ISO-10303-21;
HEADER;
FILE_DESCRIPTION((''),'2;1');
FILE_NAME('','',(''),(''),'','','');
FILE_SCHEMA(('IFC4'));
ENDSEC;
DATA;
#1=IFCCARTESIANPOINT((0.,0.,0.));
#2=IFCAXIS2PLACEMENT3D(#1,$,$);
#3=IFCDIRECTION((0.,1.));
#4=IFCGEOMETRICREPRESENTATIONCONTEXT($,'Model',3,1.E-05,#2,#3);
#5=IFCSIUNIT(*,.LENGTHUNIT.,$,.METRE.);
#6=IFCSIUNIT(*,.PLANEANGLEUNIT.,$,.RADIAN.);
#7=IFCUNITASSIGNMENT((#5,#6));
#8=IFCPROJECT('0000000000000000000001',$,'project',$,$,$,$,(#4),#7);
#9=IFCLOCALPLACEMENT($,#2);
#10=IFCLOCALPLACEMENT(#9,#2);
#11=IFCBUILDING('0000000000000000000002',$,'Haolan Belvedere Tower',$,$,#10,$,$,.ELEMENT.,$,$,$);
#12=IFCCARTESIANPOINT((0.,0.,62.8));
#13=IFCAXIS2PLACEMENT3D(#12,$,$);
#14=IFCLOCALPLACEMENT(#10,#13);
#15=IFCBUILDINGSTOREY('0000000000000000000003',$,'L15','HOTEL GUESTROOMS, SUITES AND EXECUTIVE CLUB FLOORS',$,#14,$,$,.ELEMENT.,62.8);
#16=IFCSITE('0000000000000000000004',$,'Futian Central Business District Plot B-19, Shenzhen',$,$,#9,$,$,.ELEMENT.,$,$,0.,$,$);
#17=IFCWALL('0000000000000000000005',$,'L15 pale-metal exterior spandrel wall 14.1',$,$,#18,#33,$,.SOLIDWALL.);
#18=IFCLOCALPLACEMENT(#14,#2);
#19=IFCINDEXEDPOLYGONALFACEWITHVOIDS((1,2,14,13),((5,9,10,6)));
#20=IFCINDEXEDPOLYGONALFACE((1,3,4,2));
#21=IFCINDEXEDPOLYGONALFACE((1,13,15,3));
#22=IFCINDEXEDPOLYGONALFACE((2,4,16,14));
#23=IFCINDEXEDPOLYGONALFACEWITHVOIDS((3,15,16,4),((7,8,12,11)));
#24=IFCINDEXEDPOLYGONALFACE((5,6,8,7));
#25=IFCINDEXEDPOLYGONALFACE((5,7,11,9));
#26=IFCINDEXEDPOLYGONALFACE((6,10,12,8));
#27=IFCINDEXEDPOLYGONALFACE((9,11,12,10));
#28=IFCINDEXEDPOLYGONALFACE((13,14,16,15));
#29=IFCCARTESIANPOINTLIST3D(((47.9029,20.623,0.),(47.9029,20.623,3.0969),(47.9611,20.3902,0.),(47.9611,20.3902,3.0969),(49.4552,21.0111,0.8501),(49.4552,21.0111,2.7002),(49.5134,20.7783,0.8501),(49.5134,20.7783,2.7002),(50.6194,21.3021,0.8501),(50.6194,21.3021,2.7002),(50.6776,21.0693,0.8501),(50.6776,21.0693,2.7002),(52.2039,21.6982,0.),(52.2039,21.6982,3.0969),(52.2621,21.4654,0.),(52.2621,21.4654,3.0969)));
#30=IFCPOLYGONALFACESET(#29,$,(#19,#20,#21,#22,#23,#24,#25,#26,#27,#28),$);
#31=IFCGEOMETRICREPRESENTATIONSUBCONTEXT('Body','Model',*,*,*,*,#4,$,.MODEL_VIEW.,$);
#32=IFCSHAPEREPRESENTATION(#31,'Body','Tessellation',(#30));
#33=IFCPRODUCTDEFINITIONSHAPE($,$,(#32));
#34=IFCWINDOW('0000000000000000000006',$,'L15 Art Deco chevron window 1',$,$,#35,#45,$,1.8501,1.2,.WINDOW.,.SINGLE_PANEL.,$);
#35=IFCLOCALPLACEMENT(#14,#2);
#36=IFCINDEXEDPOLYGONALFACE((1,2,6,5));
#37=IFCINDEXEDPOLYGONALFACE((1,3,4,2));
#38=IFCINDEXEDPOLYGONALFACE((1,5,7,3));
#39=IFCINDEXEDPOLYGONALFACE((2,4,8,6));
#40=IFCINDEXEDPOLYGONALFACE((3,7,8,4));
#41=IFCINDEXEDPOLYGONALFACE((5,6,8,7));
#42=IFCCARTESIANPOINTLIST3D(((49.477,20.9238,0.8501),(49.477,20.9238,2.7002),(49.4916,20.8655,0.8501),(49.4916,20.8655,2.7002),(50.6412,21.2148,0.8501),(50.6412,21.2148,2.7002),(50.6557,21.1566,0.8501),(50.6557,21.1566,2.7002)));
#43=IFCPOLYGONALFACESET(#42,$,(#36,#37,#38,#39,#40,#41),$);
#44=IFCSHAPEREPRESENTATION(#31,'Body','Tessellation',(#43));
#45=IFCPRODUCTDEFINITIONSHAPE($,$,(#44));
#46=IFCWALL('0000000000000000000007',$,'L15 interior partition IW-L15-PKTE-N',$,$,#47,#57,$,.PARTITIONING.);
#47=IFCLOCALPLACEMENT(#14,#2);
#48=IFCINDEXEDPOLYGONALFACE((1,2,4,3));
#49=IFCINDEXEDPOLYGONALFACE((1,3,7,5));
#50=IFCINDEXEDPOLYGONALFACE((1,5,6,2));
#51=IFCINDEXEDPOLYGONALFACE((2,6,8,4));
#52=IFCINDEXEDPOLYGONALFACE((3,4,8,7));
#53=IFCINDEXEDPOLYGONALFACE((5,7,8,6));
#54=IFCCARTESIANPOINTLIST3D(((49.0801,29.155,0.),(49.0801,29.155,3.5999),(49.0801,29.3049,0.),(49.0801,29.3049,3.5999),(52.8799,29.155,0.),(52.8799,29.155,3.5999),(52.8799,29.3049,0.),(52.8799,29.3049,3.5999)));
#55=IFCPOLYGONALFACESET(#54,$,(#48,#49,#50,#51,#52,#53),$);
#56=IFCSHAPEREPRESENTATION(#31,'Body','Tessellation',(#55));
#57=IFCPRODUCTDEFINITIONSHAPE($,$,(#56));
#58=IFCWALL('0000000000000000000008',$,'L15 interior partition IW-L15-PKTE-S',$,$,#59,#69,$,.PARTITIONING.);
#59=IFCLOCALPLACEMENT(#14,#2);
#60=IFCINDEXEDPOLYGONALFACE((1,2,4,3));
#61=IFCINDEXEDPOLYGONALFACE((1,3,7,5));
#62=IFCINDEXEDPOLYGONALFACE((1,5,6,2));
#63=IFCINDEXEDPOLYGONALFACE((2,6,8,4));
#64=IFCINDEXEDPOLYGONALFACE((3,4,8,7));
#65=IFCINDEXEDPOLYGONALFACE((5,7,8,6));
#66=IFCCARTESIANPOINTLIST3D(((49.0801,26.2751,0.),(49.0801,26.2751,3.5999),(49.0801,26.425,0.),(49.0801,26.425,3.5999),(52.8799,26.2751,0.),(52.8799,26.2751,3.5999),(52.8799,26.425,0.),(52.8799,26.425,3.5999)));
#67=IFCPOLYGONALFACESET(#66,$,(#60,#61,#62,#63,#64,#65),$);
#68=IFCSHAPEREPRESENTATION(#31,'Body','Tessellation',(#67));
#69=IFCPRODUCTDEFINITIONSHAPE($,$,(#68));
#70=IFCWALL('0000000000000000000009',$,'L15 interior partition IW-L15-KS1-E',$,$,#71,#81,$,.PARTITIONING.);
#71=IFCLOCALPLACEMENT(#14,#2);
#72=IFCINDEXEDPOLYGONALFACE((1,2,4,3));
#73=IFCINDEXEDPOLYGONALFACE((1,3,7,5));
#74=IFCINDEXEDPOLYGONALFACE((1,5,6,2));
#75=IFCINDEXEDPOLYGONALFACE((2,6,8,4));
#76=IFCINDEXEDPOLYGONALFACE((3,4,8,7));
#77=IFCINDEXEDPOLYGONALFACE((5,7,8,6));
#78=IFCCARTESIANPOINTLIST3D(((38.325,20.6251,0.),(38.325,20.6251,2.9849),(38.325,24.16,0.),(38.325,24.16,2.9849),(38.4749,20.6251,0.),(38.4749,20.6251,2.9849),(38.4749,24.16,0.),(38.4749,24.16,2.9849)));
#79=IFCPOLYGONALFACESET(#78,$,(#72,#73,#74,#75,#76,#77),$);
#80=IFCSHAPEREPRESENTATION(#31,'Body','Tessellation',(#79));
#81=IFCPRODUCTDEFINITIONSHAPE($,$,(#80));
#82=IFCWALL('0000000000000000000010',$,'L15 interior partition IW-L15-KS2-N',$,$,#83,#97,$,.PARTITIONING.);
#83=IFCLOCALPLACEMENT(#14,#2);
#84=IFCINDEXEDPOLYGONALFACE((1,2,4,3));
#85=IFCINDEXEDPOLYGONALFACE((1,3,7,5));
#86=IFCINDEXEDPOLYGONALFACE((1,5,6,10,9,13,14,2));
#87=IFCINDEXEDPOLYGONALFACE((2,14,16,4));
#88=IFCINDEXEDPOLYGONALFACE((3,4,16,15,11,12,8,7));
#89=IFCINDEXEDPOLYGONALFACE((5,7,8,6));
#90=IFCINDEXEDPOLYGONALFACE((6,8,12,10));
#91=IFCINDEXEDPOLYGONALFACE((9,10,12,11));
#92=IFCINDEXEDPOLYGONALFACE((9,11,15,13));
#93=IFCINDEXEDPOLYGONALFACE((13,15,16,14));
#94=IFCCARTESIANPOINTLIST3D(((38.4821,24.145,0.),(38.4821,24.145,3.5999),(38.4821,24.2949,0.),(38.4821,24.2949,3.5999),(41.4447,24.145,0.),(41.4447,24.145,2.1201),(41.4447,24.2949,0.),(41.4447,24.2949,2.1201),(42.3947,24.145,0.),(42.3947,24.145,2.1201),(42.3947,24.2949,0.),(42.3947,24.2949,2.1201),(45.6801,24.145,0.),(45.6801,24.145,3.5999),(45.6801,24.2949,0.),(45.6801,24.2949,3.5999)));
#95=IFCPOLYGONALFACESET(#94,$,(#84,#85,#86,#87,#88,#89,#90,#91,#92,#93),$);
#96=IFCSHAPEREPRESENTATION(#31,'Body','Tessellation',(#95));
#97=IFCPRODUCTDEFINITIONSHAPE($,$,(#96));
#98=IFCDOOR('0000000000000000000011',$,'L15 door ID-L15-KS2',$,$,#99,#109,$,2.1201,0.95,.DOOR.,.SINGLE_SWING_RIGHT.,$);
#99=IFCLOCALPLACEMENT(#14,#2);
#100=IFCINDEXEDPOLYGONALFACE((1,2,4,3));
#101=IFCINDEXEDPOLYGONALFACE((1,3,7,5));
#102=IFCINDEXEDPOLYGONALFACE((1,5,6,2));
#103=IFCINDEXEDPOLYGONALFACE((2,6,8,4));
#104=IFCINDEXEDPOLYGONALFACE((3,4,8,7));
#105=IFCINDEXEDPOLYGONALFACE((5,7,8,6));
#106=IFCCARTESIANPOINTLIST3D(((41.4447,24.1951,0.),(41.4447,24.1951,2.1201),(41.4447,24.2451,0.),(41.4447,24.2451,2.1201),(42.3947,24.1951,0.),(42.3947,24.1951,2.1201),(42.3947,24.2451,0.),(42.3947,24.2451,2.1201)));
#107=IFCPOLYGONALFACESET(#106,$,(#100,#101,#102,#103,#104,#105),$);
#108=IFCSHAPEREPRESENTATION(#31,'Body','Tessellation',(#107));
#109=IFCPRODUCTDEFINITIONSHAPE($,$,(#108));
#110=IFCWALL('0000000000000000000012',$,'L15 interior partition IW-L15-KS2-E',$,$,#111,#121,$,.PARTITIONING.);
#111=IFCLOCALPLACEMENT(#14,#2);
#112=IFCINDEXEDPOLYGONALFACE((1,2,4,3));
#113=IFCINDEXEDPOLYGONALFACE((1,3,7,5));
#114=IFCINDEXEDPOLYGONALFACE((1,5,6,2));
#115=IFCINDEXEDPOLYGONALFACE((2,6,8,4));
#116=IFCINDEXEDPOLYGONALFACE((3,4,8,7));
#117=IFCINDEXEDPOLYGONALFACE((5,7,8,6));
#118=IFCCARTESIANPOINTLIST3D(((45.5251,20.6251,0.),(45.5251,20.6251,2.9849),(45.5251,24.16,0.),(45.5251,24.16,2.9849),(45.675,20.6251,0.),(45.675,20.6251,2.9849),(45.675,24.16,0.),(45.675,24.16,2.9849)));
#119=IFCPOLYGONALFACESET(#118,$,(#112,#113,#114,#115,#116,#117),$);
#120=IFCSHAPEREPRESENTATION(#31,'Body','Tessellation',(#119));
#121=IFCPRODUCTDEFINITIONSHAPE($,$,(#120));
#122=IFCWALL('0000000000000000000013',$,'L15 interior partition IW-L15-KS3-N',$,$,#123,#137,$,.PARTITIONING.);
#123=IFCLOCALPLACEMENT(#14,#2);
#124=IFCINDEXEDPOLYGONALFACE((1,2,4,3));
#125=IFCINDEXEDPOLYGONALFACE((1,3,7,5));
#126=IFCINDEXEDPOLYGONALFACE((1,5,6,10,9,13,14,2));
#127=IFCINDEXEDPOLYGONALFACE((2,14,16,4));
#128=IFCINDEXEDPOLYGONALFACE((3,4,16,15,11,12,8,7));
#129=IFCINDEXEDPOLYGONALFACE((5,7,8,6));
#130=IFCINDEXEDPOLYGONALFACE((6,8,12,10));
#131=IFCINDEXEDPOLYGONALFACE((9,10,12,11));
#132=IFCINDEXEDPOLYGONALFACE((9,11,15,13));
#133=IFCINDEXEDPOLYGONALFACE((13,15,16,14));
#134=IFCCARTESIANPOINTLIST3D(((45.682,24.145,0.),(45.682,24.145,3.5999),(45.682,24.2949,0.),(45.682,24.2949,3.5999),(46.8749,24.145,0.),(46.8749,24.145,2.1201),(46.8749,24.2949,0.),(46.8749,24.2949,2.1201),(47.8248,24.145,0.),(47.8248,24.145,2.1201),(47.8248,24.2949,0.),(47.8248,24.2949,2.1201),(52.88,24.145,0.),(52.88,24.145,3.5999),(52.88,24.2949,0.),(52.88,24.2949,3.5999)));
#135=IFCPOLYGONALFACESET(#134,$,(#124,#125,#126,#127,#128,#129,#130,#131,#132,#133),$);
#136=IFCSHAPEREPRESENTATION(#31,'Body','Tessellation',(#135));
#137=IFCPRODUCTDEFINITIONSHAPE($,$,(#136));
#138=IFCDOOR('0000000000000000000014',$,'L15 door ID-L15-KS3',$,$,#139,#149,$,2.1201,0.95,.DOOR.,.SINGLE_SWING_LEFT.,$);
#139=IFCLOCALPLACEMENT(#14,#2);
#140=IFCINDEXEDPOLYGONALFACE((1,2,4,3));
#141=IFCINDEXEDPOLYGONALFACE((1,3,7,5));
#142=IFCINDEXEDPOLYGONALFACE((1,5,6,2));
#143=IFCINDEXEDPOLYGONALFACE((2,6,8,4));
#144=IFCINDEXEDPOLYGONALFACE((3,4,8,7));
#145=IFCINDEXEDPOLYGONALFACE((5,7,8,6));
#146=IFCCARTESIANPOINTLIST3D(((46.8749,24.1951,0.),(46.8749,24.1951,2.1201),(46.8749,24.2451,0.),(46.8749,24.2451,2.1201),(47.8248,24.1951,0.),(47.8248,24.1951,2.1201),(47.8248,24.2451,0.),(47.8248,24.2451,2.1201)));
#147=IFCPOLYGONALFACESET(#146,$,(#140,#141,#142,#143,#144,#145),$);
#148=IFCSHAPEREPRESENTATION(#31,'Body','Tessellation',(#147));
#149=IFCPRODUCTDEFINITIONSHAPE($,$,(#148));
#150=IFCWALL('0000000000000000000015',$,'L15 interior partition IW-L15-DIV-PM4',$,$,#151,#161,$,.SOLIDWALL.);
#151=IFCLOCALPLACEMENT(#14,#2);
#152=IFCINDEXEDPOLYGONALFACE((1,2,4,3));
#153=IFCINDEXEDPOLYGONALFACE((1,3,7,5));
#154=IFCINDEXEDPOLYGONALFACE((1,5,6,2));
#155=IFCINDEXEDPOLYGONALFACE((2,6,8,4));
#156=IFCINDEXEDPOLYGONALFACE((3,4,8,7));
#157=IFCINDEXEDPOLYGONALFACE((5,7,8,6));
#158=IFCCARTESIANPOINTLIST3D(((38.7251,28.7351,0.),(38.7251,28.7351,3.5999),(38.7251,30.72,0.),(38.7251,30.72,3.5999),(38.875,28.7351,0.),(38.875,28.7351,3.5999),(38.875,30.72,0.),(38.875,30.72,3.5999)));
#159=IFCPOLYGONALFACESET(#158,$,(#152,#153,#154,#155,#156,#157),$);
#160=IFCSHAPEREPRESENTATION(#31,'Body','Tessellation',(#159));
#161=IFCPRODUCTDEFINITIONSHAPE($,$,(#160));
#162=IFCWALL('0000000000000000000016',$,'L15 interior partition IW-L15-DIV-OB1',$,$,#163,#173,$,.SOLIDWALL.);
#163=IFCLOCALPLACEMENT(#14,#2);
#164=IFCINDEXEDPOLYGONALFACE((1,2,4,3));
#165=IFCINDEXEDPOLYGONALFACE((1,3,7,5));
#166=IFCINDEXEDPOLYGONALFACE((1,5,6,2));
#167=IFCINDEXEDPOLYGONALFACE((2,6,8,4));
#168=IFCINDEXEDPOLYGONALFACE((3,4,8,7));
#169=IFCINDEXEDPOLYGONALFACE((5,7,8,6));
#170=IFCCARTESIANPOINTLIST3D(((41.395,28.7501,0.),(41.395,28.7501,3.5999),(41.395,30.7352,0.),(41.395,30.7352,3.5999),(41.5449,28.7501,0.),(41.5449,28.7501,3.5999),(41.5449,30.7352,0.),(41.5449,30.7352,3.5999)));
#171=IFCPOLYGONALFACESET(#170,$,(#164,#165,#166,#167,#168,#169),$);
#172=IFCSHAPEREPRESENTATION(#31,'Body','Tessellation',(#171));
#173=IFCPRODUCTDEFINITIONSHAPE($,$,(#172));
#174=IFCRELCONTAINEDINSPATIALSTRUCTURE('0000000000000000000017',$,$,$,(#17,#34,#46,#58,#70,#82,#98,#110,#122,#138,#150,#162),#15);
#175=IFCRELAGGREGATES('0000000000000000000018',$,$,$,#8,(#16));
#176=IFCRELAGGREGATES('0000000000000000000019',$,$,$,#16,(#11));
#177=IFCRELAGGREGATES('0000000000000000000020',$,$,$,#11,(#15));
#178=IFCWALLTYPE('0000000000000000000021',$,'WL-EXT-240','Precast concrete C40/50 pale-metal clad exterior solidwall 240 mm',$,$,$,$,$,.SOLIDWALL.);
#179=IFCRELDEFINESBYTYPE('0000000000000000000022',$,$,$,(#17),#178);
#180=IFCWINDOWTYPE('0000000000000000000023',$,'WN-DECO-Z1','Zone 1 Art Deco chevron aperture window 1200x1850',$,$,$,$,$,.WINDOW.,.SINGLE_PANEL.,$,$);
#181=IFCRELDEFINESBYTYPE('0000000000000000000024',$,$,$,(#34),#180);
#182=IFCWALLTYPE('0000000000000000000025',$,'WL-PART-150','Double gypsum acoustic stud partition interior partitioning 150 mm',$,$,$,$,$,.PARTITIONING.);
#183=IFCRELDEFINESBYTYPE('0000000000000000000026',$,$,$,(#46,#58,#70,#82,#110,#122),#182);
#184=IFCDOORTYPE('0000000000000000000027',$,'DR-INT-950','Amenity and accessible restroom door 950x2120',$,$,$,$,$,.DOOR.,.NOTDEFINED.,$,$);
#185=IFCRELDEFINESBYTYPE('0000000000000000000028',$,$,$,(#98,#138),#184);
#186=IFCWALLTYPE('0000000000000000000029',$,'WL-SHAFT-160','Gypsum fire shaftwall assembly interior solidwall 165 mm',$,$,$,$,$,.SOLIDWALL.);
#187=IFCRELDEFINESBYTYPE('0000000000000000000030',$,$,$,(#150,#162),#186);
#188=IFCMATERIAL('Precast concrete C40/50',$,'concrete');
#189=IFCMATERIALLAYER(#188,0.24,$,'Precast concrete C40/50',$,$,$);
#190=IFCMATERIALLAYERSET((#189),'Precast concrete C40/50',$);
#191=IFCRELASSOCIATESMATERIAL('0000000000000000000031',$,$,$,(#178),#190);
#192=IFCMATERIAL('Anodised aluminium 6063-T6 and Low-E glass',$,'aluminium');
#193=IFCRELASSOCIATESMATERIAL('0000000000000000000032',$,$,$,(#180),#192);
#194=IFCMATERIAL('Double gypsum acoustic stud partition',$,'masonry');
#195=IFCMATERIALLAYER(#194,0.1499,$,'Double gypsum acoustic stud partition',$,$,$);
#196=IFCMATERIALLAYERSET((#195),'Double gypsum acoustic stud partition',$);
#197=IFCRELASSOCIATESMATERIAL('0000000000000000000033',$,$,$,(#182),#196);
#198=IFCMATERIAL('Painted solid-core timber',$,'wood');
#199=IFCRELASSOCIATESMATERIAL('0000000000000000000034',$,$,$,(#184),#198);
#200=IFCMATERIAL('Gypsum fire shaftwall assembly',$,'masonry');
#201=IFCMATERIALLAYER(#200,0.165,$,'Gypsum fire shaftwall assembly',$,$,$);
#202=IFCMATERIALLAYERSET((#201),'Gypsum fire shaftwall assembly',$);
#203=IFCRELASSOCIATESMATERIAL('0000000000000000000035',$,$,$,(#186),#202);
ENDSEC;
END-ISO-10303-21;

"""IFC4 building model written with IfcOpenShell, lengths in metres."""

from ifc_helpers import new_model, si_unit, direction, frame, frame_2d, origin, place, context, subcontext, project, spatial, rectangle, extrude, material, layer, layer_set, type_object, element, fill, save


model = new_model("IFC4")

# Units and contexts
model_context = context("Model", 3, precision=1e-05, world=origin(), true_north=direction((0.0, 1.0)))
body_context = subcontext(model_context, "Body", "Model", "MODEL_VIEW")
ifc_project = project(units=[si_unit("LENGTHUNIT", "METRE"), si_unit("PLANEANGLEUNIT", "RADIAN")], contexts=[model_context])

# Site, building, storey
site_placement = place(None, origin())
site = spatial("IfcSite", under=ifc_project, at=site_placement, Name="Futian Central Business District Plot B-19, Shenzhen", CompositionType="ELEMENT", RefElevation=0.0)
building_placement = place(site_placement, origin())
building = spatial("IfcBuilding", under=site, at=building_placement, Name="Haolan Belvedere Tower", CompositionType="ELEMENT")
storey_placement = place(building_placement, frame((0.0, 0.0, 62.8)))
storey = spatial("IfcBuildingStorey", under=building, at=storey_placement, Name="L15", Description="HOTEL GUESTROOMS, SUITES AND EXECUTIVE CLUB FLOORS", CompositionType="ELEMENT", Elevation=62.8)

# Wall, opening, window
ifc_material_1 = material(Name="Precast concrete C40/50", Category="concrete")
ifc_layer_1 = layer(ifc_material_1, 0.24, Name="Precast concrete C40/50")
ifc_layer_set_1 = layer_set([ifc_layer_1], Name="Precast concrete C40/50")
wall_type_1 = type_object("IfcWallType", Name="WL-EXT-240", Description="Precast concrete C40/50 pale-metal clad exterior solidwall 240 mm", PredefinedType="SOLIDWALL", material=ifc_layer_set_1)
wall_1_placement = place(storey_placement, frame((47.9319, 20.5066, 0.0), z_axis=(0.0, 0.0, 1.0), x_axis=(0.970146, 0.242523, 0.0)))
wall_1 = element("IfcWall", 1, at=wall_1_placement, inside=storey, type_object=wall_type_1, Name="L15 pale-metal exterior spandrel wall 14.1", PredefinedType="SOLIDWALL", context=body_context, shape_type="SweptSolid", body=[
    extrude(rectangle(XDim=4.4333, YDim=0.24, at=frame_2d((2.2168, 0.0))), origin(), (0.0, 0.0, 1.0), 3.0969),
])
opening_1_placement = place(wall_1_placement, frame((1.6001, 0.0, 0.8501)))
opening_1 = element("IfcOpeningElement", 2, at=opening_1_placement, cuts=wall_1, PredefinedType="OPENING", context=body_context, shape_type="SweptSolid", body=[
    extrude(rectangle(XDim=1.2, YDim=1.8501, at=frame_2d((0.6001, 0.925))), frame((0.0, 0.1299, 0.0), z_axis=(0.0, -1.0, 0.0), x_axis=(1.0, 0.0, 0.0)), (0.0, 0.0, 1.0), 0.26),
])
ifc_material_2 = material(Name="Anodised aluminium 6063-T6 and Low-E glass", Category="aluminium")
window_type = type_object("IfcWindowType", Name="WN-DECO-Z1", Description="Zone 1 Art Deco chevron aperture window 1200x1850", PartitioningType="SINGLE_PANEL", PredefinedType="WINDOW", material=ifc_material_2)
window_placement = place(opening_1_placement, origin())
window = element("IfcWindow", 3, at=window_placement, inside=storey, type_object=window_type, Name="L15 Art Deco chevron window 1", OverallHeight=1.8501, OverallWidth=1.2, PartitioningType="SINGLE_PANEL", PredefinedType="WINDOW", context=body_context, shape_type="SweptSolid", body=[
    extrude(rectangle(XDim=1.2, YDim=1.8501, at=frame_2d((0.6001, 0.925))), frame((0.0, 0.03, 0.0), z_axis=(0.0, -1.0, 0.0), x_axis=(1.0, 0.0, 0.0)), (0.0, 0.0, 1.0), 0.0601),
])
fill(opening_1, window)

# Walls
ifc_material_3 = material(Name="Double gypsum acoustic stud partition", Category="masonry")
ifc_layer_2 = layer(ifc_material_3, 0.1499, Name="Double gypsum acoustic stud partition")
ifc_layer_set_2 = layer_set([ifc_layer_2], Name="Double gypsum acoustic stud partition")
wall_type_2 = type_object("IfcWallType", Name="WL-PART-150", Description="Double gypsum acoustic stud partition interior partitioning 150 mm", PredefinedType="PARTITIONING", material=ifc_layer_set_2)
for number, where, z_axis, x_axis, name in (
    (4, (49.0801, 29.23, 0.0), (0.0, 0.0, 1.0), (1.0, 0.0, 0.0), "L15 interior partition IW-L15-PKTE-N"),
    (5, (49.0801, 26.3501, 0.0), (0.0, 0.0, 1.0), (1.0, 0.0, 0.0), "L15 interior partition IW-L15-PKTE-S"),
):
    element("IfcWall", number, at=place(storey_placement, frame(where, z_axis=z_axis, x_axis=x_axis)), inside=storey, type_object=wall_type_2, Name=name, PredefinedType="PARTITIONING", context=body_context, shape_type="SweptSolid", body=[
        extrude(rectangle(XDim=3.7998, YDim=0.1499, at=frame_2d((1.8999, 0.0))), origin(), (0.0, 0.0, 1.0), 3.5999),
    ])

# Shared definitions
ifc_material_4 = material(Name="Painted solid-core timber", Category="wood")
door_type = type_object("IfcDoorType", Name="DR-INT-950", Description="Amenity and accessible restroom door 950x2120", OperationType="NOTDEFINED", PredefinedType="DOOR", material=ifc_material_4)

# Wall
wall_2_placement = place(storey_placement, frame((38.3999, 20.625, 0.0), z_axis=(0.0, 0.0, 1.0), x_axis=(0.0, 1.0, 0.0)))
element("IfcWall", 6, at=wall_2_placement, inside=storey, type_object=wall_type_2, Name="L15 interior partition IW-L15-KS1-E", PredefinedType="PARTITIONING", context=body_context, shape_type="SweptSolid", body=[
    extrude(rectangle(XDim=3.5349, YDim=0.1499, at=frame_2d((1.7676, 0.0))), origin(), (0.0, 0.0, 1.0), 2.9849),
])

# Wall, opening, door
wall_3_placement = place(storey_placement, frame((38.4819, 24.22, 0.0), z_axis=(0.0, 0.0, 1.0), x_axis=(1.0, 0.0, 0.0)))
wall_3 = element("IfcWall", 7, at=wall_3_placement, inside=storey, type_object=wall_type_2, Name="L15 interior partition IW-L15-KS2-N", PredefinedType="PARTITIONING", context=body_context, shape_type="SweptSolid", body=[
    extrude(rectangle(XDim=7.198, YDim=0.1499, at=frame_2d((3.5991, 0.0))), origin(), (0.0, 0.0, 1.0), 3.5999),
])
opening_2_placement = place(wall_3_placement, frame((3.9128, 0.0, 0.0), z_axis=(0.0, 0.0, 1.0), x_axis=(-1.0, 0.0, 0.0)))
opening_2 = element("IfcOpeningElement", 8, at=opening_2_placement, cuts=wall_3, PredefinedType="OPENING", context=body_context, shape_type="SweptSolid", body=[
    extrude(rectangle(XDim=0.95, YDim=2.1201, at=frame_2d((0.4751, 1.0601))), frame((0.0, 0.085, 0.0), z_axis=(0.0, -1.0, 0.0), x_axis=(1.0, 0.0, 0.0)), (0.0, 0.0, 1.0), 0.1699),
])
door_1_placement = place(opening_2_placement, origin())
door_1 = element("IfcDoor", 9, at=door_1_placement, inside=storey, type_object=door_type, Name="L15 door ID-L15-KS2", OperationType="SINGLE_SWING_RIGHT", OverallHeight=2.1201, OverallWidth=0.95, PredefinedType="DOOR", context=body_context, shape_type="SweptSolid", body=[
    extrude(rectangle(XDim=0.95, YDim=2.1201, at=frame_2d((0.4751, 1.0601))), frame((0.0, 0.0249, 0.0), z_axis=(0.0, -1.0, 0.0), x_axis=(1.0, 0.0, 0.0)), (0.0, 0.0, 1.0), 0.05),
])
fill(opening_2, door_1)

# Wall
wall_4_placement = place(storey_placement, frame((45.6001, 20.625, 0.0), z_axis=(0.0, 0.0, 1.0), x_axis=(0.0, 1.0, 0.0)))
element("IfcWall", 10, at=wall_4_placement, inside=storey, type_object=wall_type_2, Name="L15 interior partition IW-L15-KS2-E", PredefinedType="PARTITIONING", context=body_context, shape_type="SweptSolid", body=[
    extrude(rectangle(XDim=3.5349, YDim=0.1499, at=frame_2d((1.7676, 0.0))), origin(), (0.0, 0.0, 1.0), 2.9849),
])

# Wall, opening, door
wall_5_placement = place(storey_placement, frame((45.6819, 24.22, 0.0), z_axis=(0.0, 0.0, 1.0), x_axis=(1.0, 0.0, 0.0)))
wall_5 = element("IfcWall", 11, at=wall_5_placement, inside=storey, type_object=wall_type_2, Name="L15 interior partition IW-L15-KS3-N", PredefinedType="PARTITIONING", context=body_context, shape_type="SweptSolid", body=[
    extrude(rectangle(XDim=7.198, YDim=0.1499, at=frame_2d((3.5991, 0.0))), origin(), (0.0, 0.0, 1.0), 3.5999),
])
opening_3_placement = place(wall_5_placement, frame((2.1431, 0.0, 0.0), z_axis=(0.0, 0.0, 1.0), x_axis=(-1.0, 0.0, 0.0)))
opening_3 = element("IfcOpeningElement", 12, at=opening_3_placement, cuts=wall_5, PredefinedType="OPENING", context=body_context, shape_type="SweptSolid", body=[
    extrude(rectangle(XDim=0.95, YDim=2.1201, at=frame_2d((0.4751, 1.0601))), frame((0.0, 0.085, 0.0), z_axis=(0.0, -1.0, 0.0), x_axis=(1.0, 0.0, 0.0)), (0.0, 0.0, 1.0), 0.1699),
])
door_2_placement = place(opening_3_placement, origin())
door_2 = element("IfcDoor", 13, at=door_2_placement, inside=storey, type_object=door_type, Name="L15 door ID-L15-KS3", OperationType="SINGLE_SWING_LEFT", OverallHeight=2.1201, OverallWidth=0.95, PredefinedType="DOOR", context=body_context, shape_type="SweptSolid", body=[
    extrude(rectangle(XDim=0.95, YDim=2.1201, at=frame_2d((0.4751, 1.0601))), frame((0.0, 0.0249, 0.0), z_axis=(0.0, -1.0, 0.0), x_axis=(1.0, 0.0, 0.0)), (0.0, 0.0, 1.0), 0.05),
])
fill(opening_3, door_2)

# Walls
ifc_material_5 = material(Name="Gypsum fire shaftwall assembly", Category="masonry")
ifc_layer_3 = layer(ifc_material_5, 0.165, Name="Gypsum fire shaftwall assembly")
ifc_layer_set_3 = layer_set([ifc_layer_3], Name="Gypsum fire shaftwall assembly")
wall_type_3 = type_object("IfcWallType", Name="WL-SHAFT-160", Description="Gypsum fire shaftwall assembly interior solidwall 165 mm", PredefinedType="SOLIDWALL", material=ifc_layer_set_3)
wall_6_placement = place(storey_placement, frame((38.8, 28.7351, 0.0), z_axis=(0.0, 0.0, 1.0), x_axis=(0.0, 1.0, 0.0)))
element("IfcWall", 14, at=wall_6_placement, inside=storey, type_object=wall_type_3, Name="L15 interior partition IW-L15-DIV-PM4", PredefinedType="SOLIDWALL", context=body_context, shape_type="SweptSolid", body=[
    extrude(rectangle(XDim=1.9849, YDim=0.1499, at=frame_2d((0.9924, 0.0))), origin(), (0.0, 0.0, 1.0), 3.5999),
])
for number, where, z_axis, x_axis, name in (
    (15, (41.47, 28.75, 0.0), (0.0, 0.0, 1.0), (0.0, 1.0, 0.0), "L15 interior partition IW-L15-DIV-OB1"),
):
    element("IfcWall", number, at=place(storey_placement, frame(where, z_axis=z_axis, x_axis=x_axis)), inside=storey, type_object=wall_type_3, Name=name, PredefinedType="SOLIDWALL", context=body_context, shape_type="SweptSolid", body=[
        extrude(rectangle(XDim=1.9851, YDim=0.1499, at=frame_2d((0.9927, 0.0))), origin(), (0.0, 0.0, 1.0), 3.5999),
    ])

save(model, "model.ifc")
